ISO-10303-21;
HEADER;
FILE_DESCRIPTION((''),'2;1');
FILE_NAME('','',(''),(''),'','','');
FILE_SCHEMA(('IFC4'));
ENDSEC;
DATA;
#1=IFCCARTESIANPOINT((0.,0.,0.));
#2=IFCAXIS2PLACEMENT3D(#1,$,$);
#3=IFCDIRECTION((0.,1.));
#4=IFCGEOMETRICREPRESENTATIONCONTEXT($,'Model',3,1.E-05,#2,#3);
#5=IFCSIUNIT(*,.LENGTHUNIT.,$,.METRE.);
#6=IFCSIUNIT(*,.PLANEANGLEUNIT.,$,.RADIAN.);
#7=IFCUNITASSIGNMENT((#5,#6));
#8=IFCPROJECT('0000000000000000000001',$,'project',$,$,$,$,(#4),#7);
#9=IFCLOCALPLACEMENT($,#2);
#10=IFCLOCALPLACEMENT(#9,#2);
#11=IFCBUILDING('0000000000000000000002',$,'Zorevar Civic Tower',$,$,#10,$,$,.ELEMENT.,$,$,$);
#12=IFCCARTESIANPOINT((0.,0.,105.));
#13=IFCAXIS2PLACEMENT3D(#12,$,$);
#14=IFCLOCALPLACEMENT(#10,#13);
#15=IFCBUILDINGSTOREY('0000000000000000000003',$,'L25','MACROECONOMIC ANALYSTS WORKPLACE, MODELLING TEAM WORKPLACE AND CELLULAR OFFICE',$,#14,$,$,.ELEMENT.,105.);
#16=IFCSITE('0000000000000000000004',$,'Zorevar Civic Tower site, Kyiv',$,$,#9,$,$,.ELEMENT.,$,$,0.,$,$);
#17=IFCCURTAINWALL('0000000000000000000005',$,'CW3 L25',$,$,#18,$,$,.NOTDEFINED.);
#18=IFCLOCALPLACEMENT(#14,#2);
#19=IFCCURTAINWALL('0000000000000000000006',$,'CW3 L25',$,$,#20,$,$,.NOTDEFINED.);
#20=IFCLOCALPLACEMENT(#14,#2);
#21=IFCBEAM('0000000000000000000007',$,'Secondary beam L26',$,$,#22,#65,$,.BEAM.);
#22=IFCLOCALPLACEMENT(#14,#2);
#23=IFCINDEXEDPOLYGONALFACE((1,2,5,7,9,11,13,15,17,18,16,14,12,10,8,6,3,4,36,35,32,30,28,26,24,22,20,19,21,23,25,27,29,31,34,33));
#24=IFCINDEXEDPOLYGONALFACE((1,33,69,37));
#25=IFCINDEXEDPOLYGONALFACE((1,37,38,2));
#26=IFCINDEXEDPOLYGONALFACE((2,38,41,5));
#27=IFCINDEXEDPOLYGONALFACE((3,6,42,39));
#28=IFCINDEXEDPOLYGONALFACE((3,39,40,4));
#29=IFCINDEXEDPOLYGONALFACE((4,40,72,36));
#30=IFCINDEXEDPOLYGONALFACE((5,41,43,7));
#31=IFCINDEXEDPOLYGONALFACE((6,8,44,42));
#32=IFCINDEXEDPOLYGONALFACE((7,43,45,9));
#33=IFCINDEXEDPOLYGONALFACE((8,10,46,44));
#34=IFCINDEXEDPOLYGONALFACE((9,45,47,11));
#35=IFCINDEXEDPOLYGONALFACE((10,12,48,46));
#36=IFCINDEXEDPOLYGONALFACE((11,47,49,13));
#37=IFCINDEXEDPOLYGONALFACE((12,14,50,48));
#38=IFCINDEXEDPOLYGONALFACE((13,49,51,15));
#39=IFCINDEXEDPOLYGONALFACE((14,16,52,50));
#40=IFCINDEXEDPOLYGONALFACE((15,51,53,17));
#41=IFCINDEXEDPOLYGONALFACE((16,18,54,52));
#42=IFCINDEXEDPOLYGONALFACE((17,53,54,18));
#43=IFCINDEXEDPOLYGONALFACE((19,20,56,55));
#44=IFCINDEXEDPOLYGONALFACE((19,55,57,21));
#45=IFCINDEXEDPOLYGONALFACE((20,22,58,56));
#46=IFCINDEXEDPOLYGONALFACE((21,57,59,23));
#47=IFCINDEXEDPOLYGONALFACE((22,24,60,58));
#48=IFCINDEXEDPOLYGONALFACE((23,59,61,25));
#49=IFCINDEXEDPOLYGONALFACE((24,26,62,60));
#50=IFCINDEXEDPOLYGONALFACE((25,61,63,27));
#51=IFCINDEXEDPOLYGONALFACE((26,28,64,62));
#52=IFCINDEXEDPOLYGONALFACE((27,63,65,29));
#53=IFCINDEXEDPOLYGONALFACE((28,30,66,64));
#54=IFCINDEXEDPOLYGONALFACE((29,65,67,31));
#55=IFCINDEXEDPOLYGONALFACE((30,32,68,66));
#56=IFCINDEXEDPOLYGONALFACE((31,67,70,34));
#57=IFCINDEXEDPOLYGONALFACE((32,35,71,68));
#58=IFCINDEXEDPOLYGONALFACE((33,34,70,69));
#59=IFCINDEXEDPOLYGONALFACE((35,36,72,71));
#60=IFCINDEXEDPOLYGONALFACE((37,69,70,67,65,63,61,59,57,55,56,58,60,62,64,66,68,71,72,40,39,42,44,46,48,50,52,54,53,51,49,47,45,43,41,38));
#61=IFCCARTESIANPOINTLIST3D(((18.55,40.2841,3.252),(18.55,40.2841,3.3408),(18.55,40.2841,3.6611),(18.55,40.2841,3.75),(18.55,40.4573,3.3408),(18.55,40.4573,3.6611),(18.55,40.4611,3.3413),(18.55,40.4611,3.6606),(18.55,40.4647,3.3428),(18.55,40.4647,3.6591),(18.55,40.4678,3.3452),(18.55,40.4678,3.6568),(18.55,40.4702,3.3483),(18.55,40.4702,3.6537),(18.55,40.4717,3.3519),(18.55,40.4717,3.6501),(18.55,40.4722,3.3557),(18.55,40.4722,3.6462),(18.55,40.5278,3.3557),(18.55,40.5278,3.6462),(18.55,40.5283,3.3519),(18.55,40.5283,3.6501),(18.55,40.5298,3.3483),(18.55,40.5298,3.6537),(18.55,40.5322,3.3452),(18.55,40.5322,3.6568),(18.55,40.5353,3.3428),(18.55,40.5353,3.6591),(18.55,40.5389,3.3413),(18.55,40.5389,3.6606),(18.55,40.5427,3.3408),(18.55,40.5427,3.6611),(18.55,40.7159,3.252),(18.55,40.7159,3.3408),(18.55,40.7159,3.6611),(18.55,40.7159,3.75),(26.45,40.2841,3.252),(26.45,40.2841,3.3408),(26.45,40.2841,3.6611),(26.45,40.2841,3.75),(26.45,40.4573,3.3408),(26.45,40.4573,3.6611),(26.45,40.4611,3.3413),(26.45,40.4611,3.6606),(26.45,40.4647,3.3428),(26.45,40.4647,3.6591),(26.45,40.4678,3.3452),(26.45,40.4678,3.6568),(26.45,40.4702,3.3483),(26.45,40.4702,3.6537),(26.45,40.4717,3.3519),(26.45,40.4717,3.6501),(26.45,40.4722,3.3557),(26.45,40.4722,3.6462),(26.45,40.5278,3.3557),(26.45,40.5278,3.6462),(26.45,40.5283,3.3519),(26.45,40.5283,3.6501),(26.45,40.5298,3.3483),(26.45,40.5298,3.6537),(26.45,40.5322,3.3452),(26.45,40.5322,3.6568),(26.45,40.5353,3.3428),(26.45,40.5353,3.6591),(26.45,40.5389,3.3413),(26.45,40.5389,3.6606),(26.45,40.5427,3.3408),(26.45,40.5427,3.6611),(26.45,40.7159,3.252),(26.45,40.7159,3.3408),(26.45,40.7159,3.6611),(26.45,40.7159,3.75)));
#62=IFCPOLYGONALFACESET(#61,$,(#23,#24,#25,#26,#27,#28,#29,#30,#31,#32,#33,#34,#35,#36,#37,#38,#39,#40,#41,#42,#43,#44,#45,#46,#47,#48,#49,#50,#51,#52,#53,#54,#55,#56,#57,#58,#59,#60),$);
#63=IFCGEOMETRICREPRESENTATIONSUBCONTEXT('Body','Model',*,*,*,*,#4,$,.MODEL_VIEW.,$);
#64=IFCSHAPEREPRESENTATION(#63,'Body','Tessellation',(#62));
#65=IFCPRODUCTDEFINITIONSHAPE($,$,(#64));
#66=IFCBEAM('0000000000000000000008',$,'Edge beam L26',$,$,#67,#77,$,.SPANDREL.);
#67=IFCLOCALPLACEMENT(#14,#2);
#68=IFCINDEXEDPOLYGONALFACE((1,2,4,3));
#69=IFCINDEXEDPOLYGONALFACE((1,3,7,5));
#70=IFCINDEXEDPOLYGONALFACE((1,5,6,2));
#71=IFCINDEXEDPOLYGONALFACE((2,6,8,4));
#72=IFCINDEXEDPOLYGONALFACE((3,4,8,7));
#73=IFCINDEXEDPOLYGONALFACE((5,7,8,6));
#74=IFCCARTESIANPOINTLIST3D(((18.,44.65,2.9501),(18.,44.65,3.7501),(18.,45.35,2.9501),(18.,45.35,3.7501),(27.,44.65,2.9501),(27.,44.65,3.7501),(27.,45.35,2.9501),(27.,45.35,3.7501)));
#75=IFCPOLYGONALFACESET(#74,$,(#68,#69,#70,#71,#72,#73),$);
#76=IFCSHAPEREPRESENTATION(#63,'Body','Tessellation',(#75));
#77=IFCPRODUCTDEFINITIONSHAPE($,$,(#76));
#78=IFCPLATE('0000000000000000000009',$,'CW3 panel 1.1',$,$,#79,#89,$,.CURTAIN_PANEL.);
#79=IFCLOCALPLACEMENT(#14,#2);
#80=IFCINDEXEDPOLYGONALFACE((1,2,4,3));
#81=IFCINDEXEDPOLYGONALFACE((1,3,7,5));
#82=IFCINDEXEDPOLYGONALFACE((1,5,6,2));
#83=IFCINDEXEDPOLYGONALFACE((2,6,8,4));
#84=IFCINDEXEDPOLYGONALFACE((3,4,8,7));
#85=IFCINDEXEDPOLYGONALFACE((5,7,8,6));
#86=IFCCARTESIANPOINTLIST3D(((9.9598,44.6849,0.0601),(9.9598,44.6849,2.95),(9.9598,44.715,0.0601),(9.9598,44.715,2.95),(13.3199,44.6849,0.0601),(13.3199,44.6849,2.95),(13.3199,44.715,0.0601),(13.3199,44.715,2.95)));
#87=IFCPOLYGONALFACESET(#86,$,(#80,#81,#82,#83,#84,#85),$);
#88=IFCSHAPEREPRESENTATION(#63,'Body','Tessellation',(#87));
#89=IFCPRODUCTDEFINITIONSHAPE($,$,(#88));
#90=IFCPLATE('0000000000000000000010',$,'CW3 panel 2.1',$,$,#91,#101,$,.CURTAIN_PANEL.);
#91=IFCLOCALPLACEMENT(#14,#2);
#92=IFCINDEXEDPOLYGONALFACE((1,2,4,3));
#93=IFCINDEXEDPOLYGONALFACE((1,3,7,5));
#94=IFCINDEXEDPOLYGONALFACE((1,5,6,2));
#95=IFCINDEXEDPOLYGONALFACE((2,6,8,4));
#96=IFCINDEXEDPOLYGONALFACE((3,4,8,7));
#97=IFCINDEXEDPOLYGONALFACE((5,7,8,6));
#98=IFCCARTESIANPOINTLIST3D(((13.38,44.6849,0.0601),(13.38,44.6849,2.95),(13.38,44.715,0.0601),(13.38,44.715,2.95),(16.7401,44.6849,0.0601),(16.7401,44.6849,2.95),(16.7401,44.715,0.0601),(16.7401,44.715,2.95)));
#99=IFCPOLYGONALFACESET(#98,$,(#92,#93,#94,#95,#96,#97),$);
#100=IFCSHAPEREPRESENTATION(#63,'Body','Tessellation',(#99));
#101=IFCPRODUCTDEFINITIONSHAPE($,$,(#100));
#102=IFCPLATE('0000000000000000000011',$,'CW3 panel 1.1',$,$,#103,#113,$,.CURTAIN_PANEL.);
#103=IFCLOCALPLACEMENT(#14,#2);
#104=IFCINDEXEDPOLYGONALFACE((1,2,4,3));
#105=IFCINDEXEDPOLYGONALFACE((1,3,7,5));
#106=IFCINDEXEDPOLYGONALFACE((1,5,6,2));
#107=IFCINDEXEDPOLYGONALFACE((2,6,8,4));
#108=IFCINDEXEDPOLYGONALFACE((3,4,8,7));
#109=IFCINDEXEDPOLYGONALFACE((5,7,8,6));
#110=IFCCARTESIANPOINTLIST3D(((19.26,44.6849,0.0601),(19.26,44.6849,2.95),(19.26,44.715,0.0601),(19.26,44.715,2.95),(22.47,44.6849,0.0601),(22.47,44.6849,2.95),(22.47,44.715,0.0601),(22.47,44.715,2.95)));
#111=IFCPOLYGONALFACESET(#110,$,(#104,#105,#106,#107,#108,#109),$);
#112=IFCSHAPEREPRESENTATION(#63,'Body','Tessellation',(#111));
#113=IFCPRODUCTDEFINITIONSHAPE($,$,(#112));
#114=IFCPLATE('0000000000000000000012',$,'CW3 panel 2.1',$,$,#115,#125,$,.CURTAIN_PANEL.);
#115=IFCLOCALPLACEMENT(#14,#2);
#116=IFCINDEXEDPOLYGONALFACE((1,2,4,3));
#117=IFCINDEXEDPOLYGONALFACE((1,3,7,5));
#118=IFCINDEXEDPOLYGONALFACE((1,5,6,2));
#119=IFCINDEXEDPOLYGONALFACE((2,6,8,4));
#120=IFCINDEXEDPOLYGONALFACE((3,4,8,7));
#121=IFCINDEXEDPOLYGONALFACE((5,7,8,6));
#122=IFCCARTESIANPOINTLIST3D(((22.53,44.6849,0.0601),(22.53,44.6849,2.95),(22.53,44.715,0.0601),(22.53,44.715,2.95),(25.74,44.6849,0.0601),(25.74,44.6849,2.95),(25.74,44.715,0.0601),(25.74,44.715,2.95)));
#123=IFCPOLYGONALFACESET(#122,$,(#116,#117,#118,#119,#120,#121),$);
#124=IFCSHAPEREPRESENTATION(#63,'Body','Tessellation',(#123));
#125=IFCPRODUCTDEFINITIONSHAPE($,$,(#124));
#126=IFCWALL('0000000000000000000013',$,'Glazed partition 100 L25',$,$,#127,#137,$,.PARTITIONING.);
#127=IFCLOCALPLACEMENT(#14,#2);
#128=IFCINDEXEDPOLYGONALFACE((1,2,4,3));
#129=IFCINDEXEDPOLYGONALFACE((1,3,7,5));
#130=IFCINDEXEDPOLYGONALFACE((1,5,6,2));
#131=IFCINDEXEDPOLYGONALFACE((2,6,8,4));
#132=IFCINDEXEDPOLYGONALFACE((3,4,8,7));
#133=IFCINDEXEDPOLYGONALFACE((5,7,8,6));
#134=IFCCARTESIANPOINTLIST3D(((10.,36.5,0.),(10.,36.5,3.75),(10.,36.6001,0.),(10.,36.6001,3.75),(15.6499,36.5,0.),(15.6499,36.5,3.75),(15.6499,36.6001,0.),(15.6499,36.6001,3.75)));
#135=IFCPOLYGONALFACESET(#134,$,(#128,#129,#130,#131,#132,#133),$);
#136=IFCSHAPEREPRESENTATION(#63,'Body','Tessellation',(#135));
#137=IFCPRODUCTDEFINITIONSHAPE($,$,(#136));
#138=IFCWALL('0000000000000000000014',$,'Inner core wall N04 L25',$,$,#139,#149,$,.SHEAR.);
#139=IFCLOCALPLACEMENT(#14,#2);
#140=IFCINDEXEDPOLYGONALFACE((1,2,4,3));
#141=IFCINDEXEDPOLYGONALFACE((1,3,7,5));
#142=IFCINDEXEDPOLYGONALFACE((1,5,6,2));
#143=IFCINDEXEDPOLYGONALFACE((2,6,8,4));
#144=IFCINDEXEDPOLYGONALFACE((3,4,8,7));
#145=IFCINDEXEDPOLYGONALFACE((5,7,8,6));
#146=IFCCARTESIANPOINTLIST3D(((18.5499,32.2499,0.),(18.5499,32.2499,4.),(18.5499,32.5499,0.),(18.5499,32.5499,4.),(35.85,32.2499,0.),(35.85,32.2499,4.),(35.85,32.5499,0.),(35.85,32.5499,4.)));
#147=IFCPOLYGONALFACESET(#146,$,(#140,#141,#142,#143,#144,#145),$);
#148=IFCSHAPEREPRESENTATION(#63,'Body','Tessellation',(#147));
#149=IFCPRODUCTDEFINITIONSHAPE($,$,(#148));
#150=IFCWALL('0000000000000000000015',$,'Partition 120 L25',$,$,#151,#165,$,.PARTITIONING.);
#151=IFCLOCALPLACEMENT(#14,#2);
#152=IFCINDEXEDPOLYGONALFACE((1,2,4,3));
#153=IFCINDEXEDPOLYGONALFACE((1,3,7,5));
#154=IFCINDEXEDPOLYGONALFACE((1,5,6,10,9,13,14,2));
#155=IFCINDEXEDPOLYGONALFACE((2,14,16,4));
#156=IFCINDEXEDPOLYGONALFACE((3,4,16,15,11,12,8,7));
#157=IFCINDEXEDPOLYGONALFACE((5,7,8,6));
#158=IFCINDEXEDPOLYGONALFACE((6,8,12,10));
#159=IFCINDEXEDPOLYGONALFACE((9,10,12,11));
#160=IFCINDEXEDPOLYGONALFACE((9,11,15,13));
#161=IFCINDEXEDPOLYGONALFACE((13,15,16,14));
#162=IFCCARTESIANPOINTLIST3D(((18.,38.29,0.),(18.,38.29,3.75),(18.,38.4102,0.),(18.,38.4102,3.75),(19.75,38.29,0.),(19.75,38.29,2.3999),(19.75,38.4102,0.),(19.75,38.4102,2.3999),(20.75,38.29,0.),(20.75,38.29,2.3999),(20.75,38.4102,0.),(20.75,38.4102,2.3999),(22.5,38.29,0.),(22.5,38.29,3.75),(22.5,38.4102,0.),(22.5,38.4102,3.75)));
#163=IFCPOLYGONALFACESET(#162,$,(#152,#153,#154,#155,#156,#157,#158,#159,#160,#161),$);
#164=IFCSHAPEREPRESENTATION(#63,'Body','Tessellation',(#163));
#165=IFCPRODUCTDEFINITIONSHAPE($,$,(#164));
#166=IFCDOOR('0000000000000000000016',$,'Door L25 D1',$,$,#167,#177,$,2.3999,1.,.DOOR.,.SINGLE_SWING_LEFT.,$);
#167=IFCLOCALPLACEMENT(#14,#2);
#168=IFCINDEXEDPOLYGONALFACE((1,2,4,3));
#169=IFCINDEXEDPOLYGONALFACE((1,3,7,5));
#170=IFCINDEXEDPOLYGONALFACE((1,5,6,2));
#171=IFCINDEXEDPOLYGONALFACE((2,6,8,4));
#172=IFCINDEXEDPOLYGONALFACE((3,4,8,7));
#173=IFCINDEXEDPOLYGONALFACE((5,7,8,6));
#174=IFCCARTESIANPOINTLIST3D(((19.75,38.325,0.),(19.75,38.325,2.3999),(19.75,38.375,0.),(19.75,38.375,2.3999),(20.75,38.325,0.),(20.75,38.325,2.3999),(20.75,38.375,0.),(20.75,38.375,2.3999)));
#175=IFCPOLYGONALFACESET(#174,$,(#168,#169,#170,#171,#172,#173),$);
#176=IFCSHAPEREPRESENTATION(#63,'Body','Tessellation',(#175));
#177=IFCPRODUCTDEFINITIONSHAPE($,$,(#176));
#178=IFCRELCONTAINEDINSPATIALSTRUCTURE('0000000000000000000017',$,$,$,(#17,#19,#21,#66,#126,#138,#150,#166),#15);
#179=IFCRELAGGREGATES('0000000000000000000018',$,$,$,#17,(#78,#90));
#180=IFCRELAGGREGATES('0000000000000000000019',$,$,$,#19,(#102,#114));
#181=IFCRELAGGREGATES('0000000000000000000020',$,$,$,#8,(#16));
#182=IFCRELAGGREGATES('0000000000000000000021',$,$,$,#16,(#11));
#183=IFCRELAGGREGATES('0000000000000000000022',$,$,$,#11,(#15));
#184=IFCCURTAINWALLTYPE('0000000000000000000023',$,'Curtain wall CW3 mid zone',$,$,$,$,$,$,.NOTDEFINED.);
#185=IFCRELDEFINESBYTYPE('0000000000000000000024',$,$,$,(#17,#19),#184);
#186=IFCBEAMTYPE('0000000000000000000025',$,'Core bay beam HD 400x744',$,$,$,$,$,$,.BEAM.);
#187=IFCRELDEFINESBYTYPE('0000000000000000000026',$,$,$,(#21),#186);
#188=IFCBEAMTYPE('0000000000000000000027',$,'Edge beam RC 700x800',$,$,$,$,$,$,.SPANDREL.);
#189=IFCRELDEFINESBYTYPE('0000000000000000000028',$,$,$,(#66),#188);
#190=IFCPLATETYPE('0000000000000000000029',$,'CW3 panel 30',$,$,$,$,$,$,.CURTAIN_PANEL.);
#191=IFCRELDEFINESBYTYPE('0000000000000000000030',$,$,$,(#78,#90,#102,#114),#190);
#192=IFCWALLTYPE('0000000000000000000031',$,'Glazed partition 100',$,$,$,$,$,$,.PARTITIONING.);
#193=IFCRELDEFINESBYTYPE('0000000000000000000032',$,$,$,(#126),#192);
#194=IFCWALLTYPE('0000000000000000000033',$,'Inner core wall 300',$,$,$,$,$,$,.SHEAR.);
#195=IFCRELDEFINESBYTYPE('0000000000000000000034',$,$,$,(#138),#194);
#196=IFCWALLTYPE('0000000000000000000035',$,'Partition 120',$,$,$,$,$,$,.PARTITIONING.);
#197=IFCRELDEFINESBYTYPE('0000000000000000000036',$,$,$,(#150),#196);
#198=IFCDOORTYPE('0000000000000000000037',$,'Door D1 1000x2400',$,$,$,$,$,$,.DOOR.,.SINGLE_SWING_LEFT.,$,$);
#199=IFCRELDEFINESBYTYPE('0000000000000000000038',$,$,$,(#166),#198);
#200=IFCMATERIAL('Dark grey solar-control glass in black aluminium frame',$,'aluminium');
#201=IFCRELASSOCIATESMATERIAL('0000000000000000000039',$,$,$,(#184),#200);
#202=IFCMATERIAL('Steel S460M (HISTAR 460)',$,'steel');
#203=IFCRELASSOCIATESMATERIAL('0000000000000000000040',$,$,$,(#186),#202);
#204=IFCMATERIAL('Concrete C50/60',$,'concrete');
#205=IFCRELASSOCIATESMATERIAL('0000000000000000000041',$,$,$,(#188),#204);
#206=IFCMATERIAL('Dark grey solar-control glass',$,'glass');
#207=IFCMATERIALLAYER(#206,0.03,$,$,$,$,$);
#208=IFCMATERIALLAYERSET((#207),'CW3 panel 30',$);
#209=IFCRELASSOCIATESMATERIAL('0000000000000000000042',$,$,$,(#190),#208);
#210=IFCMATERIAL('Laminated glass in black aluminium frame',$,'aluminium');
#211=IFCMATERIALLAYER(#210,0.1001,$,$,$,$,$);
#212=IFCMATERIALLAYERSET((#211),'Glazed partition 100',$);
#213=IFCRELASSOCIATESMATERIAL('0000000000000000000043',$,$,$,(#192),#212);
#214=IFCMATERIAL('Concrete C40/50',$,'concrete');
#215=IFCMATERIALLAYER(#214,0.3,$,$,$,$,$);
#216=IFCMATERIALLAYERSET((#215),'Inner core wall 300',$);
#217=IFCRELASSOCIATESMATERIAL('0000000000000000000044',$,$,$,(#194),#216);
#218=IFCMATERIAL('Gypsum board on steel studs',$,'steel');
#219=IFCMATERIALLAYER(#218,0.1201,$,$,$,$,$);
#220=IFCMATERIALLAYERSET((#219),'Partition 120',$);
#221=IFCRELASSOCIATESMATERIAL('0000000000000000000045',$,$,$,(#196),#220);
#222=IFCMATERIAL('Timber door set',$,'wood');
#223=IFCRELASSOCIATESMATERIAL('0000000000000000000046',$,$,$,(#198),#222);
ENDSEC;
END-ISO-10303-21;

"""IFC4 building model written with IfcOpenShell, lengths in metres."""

from ifc_helpers import new_model, si_unit, direction, frame, frame_2d, origin, origin_2d, place, context, subcontext, project, spatial, rectangle, i_section, extrude, material, layer, layer_set, material_profile, profile_set, type_object, element, fill, aggregate, save


model = new_model("IFC4")

# Units and contexts
model_context = context("Model", 3, precision=1e-05, world=origin(), true_north=direction((0.0, 1.0)))
body_context = subcontext(model_context, "Body", "Model", "MODEL_VIEW")
ifc_project = project(units=[si_unit("LENGTHUNIT", "METRE"), si_unit("PLANEANGLEUNIT", "RADIAN")], contexts=[model_context])

# Site, building, storey
site_placement = place(None, origin())
site = spatial("IfcSite", under=ifc_project, at=site_placement, Name="Zorevar Civic Tower site, Kyiv", CompositionType="ELEMENT", RefElevation=0.0)
building_placement = place(site_placement, origin())
building = spatial("IfcBuilding", under=site, at=building_placement, Name="Zorevar Civic Tower", CompositionType="ELEMENT")
storey_placement = place(building_placement, frame((0.0, 0.0, 105.0)))
storey = spatial("IfcBuildingStorey", under=building, at=storey_placement, Name="L25", Description="MACROECONOMIC ANALYSTS WORKPLACE, MODELLING TEAM WORKPLACE AND CELLULAR OFFICE", CompositionType="ELEMENT", Elevation=105.0)

# Curtain walls
ifc_material_1 = material(Name="Dark grey solar-control glass in black aluminium frame", Category="aluminium")
curtain_wall_type = type_object("IfcCurtainWallType", Name="Curtain wall CW3 mid zone", PredefinedType="NOTDEFINED", material=ifc_material_1)
curtain_wall_1_placement = place(storey_placement, origin())
curtain_wall_1 = element("IfcCurtainWall", 1, at=curtain_wall_1_placement, inside=storey, type_object=curtain_wall_type, Name="CW3 L25", PredefinedType="NOTDEFINED")
curtain_wall_2_placement = place(storey_placement, origin())
curtain_wall_2 = element("IfcCurtainWall", 2, at=curtain_wall_2_placement, inside=storey, type_object=curtain_wall_type, Name="CW3 L25", PredefinedType="NOTDEFINED")

# Beams
ifc_material_2 = material(Name="Steel S460M (HISTAR 460)", Category="steel")
ifc_material_profile_1 = material_profile(ifc_material_2, i_section(OverallWidth=0.4319, OverallDepth=0.498, WebThickness=0.0557, FlangeThickness=0.0889, FilletRadius=0.0149, at=origin_2d()), Name="HD 400x744")
ifc_profile_set_1 = profile_set([ifc_material_profile_1], Name="Steel S460M (HISTAR 460)")
beam_type_1 = type_object("IfcBeamType", Name="Core bay beam HD 400x744", PredefinedType="BEAM", material=ifc_profile_set_1)
beam_1_placement = place(storey_placement, frame((18.55, 40.5, 3.501), z_axis=(1.0, 0.0, 0.0), x_axis=(0.0, 1.0, 0.0)))
element("IfcBeam", 3, at=beam_1_placement, inside=storey, type_object=beam_type_1, Name="Secondary beam L26", PredefinedType="BEAM", context=body_context, shape_type="SweptSolid", body=[
    extrude(i_section(OverallWidth=0.4319, OverallDepth=0.498, WebThickness=0.0557, FlangeThickness=0.0889, FilletRadius=0.0149, at=origin_2d()), origin(), (0.0, 0.0, 1.0), 7.8999),
])
ifc_material_3 = material(Name="Concrete C50/60", Category="concrete")
ifc_material_profile_2 = material_profile(ifc_material_3, rectangle(XDim=0.7, YDim=0.8, at=origin_2d()), Name="RC 700x800")
ifc_profile_set_2 = profile_set([ifc_material_profile_2], Name="Concrete C50/60")
beam_type_2 = type_object("IfcBeamType", Name="Edge beam RC 700x800", PredefinedType="SPANDREL", material=ifc_profile_set_2)
beam_2_placement = place(storey_placement, frame((18.0, 45.0, 3.3501), z_axis=(1.0, 0.0, 0.0), x_axis=(0.0, 1.0, 0.0)))
element("IfcBeam", 4, at=beam_2_placement, inside=storey, type_object=beam_type_2, Name="Edge beam L26", PredefinedType="SPANDREL", context=body_context, shape_type="SweptSolid", body=[
    extrude(rectangle(XDim=0.7, YDim=0.8, at=origin_2d()), origin(), (0.0, 0.0, 1.0), 9.0),
])

# Plates
ifc_material_4 = material(Name="Dark grey solar-control glass", Category="glass")
ifc_layer_1 = layer(ifc_material_4, 0.03)
ifc_layer_set_1 = layer_set([ifc_layer_1], Name="CW3 panel 30")
plate_type = type_object("IfcPlateType", Name="CW3 panel 30", PredefinedType="CURTAIN_PANEL", material=ifc_layer_set_1)
plate_1_placement = place(storey_placement, frame((11.6399, 44.7, 0.0601), z_axis=(0.0, 0.0, 1.0), x_axis=(1.0, 0.0, 0.0)))
plate_1 = element("IfcPlate", 5, at=plate_1_placement, type_object=plate_type, Name="CW3 panel 1.1", PredefinedType="CURTAIN_PANEL", context=body_context, shape_type="SweptSolid", body=[
    extrude(rectangle(XDim=3.3601, YDim=0.03, at=origin_2d()), origin(), (0.0, 0.0, 1.0), 2.8899),
])
plate_2_placement = place(storey_placement, frame((15.0601, 44.7, 0.0601), z_axis=(0.0, 0.0, 1.0), x_axis=(1.0, 0.0, 0.0)))
plate_2 = element("IfcPlate", 6, at=plate_2_placement, type_object=plate_type, Name="CW3 panel 2.1", PredefinedType="CURTAIN_PANEL", context=body_context, shape_type="SweptSolid", body=[
    extrude(rectangle(XDim=3.3601, YDim=0.03, at=origin_2d()), origin(), (0.0, 0.0, 1.0), 2.8899),
])
aggregate(curtain_wall_1, [plate_1, plate_2])
plate_3_placement = place(storey_placement, frame((20.865, 44.7, 0.0601), z_axis=(0.0, 0.0, 1.0), x_axis=(1.0, 0.0, 0.0)))
plate_3 = element("IfcPlate", 7, at=plate_3_placement, type_object=plate_type, Name="CW3 panel 1.1", PredefinedType="CURTAIN_PANEL", context=body_context, shape_type="SweptSolid", body=[
    extrude(rectangle(XDim=3.21, YDim=0.03, at=origin_2d()), origin(), (0.0, 0.0, 1.0), 2.8899),
])
plate_4_placement = place(storey_placement, frame((24.135, 44.7, 0.0601), z_axis=(0.0, 0.0, 1.0), x_axis=(1.0, 0.0, 0.0)))
plate_4 = element("IfcPlate", 8, at=plate_4_placement, type_object=plate_type, Name="CW3 panel 2.1", PredefinedType="CURTAIN_PANEL", context=body_context, shape_type="SweptSolid", body=[
    extrude(rectangle(XDim=3.21, YDim=0.03, at=origin_2d()), origin(), (0.0, 0.0, 1.0), 2.8899),
])
aggregate(curtain_wall_2, [plate_3, plate_4])

# Walls
ifc_material_5 = material(Name="Laminated glass in black aluminium frame", Category="aluminium")
ifc_layer_2 = layer(ifc_material_5, 0.1001)
ifc_layer_set_2 = layer_set([ifc_layer_2], Name="Glazed partition 100")
wall_type_1 = type_object("IfcWallType", Name="Glazed partition 100", PredefinedType="PARTITIONING", material=ifc_layer_set_2)
wall_1_placement = place(storey_placement, frame((10.0, 36.55, 0.0), z_axis=(0.0, 0.0, 1.0), x_axis=(1.0, 0.0, 0.0)))
element("IfcWall", 9, at=wall_1_placement, inside=storey, type_object=wall_type_1, Name="Glazed partition 100 L25", PredefinedType="PARTITIONING", context=body_context, shape_type="SweptSolid", body=[
    extrude(rectangle(XDim=5.6499, YDim=0.1001, at=frame_2d((2.825, 0.0))), origin(), (0.0, 0.0, 1.0), 3.75),
])
ifc_material_6 = material(Name="Concrete C40/50", Category="concrete")
ifc_layer_3 = layer(ifc_material_6, 0.3)
ifc_layer_set_3 = layer_set([ifc_layer_3], Name="Inner core wall 300")
wall_type_2 = type_object("IfcWallType", Name="Inner core wall 300", PredefinedType="SHEAR", material=ifc_layer_set_3)
wall_2_placement = place(storey_placement, frame((18.55, 32.3999, 0.0), z_axis=(0.0, 0.0, 1.0), x_axis=(1.0, 0.0, 0.0)))
element("IfcWall", 10, at=wall_2_placement, inside=storey, type_object=wall_type_2, Name="Inner core wall N04 L25", PredefinedType="SHEAR", context=body_context, shape_type="SweptSolid", body=[
    extrude(rectangle(XDim=17.3, YDim=0.3, at=frame_2d((8.6499, 0.0))), origin(), (0.0, 0.0, 1.0), 4.0),
])

# Wall, opening, door
ifc_material_7 = material(Name="Gypsum board on steel studs", Category="steel")
ifc_layer_4 = layer(ifc_material_7, 0.1201)
ifc_layer_set_4 = layer_set([ifc_layer_4], Name="Partition 120")
wall_type_3 = type_object("IfcWallType", Name="Partition 120", PredefinedType="PARTITIONING", material=ifc_layer_set_4)
wall_3_placement = place(storey_placement, frame((18.0, 38.3501, 0.0), z_axis=(0.0, 0.0, 1.0), x_axis=(1.0, 0.0, 0.0)))
wall_3 = element("IfcWall", 11, at=wall_3_placement, inside=storey, type_object=wall_type_3, Name="Partition 120 L25", PredefinedType="PARTITIONING", context=body_context, shape_type="SweptSolid", body=[
    extrude(rectangle(XDim=4.5, YDim=0.1201, at=frame_2d((2.25, 0.0))), origin(), (0.0, 0.0, 1.0), 3.75),
])
opening_1_placement = place(wall_3_placement, frame((1.75, 0.0, 0.0)))
opening_1 = element("IfcOpeningElement", 12, at=opening_1_placement, cuts=wall_3, PredefinedType="OPENING", context=body_context, shape_type="SweptSolid", body=[
    extrude(rectangle(XDim=1.0, YDim=2.3999, at=frame_2d((0.5, 1.2))), frame((0.0, 0.0701, 0.0), z_axis=(0.0, -1.0, 0.0), x_axis=(1.0, 0.0, 0.0)), (0.0, 0.0, 1.0), 0.1401),
])
ifc_material_8 = material(Name="Timber door set", Category="wood")
door_type_1 = type_object("IfcDoorType", Name="Door D1 1000x2400", OperationType="SINGLE_SWING_LEFT", PredefinedType="DOOR", material=ifc_material_8)
door_1_placement = place(opening_1_placement, origin())
door_1 = element("IfcDoor", 13, at=door_1_placement, inside=storey, type_object=door_type_1, Name="Door L25 D1", OperationType="SINGLE_SWING_LEFT", OverallHeight=2.3999, OverallWidth=1.0, PredefinedType="DOOR", context=body_context, shape_type="SweptSolid", body=[
    extrude(rectangle(XDim=1.0, YDim=2.3999, at=frame_2d((0.5, 1.2))), frame((0.0, 0.0249, 0.0), z_axis=(0.0, -1.0, 0.0), x_axis=(1.0, 0.0, 0.0)), (0.0, 0.0, 1.0), 0.05),
])
fill(opening_1, door_1)

save(model, "model.ifc")
